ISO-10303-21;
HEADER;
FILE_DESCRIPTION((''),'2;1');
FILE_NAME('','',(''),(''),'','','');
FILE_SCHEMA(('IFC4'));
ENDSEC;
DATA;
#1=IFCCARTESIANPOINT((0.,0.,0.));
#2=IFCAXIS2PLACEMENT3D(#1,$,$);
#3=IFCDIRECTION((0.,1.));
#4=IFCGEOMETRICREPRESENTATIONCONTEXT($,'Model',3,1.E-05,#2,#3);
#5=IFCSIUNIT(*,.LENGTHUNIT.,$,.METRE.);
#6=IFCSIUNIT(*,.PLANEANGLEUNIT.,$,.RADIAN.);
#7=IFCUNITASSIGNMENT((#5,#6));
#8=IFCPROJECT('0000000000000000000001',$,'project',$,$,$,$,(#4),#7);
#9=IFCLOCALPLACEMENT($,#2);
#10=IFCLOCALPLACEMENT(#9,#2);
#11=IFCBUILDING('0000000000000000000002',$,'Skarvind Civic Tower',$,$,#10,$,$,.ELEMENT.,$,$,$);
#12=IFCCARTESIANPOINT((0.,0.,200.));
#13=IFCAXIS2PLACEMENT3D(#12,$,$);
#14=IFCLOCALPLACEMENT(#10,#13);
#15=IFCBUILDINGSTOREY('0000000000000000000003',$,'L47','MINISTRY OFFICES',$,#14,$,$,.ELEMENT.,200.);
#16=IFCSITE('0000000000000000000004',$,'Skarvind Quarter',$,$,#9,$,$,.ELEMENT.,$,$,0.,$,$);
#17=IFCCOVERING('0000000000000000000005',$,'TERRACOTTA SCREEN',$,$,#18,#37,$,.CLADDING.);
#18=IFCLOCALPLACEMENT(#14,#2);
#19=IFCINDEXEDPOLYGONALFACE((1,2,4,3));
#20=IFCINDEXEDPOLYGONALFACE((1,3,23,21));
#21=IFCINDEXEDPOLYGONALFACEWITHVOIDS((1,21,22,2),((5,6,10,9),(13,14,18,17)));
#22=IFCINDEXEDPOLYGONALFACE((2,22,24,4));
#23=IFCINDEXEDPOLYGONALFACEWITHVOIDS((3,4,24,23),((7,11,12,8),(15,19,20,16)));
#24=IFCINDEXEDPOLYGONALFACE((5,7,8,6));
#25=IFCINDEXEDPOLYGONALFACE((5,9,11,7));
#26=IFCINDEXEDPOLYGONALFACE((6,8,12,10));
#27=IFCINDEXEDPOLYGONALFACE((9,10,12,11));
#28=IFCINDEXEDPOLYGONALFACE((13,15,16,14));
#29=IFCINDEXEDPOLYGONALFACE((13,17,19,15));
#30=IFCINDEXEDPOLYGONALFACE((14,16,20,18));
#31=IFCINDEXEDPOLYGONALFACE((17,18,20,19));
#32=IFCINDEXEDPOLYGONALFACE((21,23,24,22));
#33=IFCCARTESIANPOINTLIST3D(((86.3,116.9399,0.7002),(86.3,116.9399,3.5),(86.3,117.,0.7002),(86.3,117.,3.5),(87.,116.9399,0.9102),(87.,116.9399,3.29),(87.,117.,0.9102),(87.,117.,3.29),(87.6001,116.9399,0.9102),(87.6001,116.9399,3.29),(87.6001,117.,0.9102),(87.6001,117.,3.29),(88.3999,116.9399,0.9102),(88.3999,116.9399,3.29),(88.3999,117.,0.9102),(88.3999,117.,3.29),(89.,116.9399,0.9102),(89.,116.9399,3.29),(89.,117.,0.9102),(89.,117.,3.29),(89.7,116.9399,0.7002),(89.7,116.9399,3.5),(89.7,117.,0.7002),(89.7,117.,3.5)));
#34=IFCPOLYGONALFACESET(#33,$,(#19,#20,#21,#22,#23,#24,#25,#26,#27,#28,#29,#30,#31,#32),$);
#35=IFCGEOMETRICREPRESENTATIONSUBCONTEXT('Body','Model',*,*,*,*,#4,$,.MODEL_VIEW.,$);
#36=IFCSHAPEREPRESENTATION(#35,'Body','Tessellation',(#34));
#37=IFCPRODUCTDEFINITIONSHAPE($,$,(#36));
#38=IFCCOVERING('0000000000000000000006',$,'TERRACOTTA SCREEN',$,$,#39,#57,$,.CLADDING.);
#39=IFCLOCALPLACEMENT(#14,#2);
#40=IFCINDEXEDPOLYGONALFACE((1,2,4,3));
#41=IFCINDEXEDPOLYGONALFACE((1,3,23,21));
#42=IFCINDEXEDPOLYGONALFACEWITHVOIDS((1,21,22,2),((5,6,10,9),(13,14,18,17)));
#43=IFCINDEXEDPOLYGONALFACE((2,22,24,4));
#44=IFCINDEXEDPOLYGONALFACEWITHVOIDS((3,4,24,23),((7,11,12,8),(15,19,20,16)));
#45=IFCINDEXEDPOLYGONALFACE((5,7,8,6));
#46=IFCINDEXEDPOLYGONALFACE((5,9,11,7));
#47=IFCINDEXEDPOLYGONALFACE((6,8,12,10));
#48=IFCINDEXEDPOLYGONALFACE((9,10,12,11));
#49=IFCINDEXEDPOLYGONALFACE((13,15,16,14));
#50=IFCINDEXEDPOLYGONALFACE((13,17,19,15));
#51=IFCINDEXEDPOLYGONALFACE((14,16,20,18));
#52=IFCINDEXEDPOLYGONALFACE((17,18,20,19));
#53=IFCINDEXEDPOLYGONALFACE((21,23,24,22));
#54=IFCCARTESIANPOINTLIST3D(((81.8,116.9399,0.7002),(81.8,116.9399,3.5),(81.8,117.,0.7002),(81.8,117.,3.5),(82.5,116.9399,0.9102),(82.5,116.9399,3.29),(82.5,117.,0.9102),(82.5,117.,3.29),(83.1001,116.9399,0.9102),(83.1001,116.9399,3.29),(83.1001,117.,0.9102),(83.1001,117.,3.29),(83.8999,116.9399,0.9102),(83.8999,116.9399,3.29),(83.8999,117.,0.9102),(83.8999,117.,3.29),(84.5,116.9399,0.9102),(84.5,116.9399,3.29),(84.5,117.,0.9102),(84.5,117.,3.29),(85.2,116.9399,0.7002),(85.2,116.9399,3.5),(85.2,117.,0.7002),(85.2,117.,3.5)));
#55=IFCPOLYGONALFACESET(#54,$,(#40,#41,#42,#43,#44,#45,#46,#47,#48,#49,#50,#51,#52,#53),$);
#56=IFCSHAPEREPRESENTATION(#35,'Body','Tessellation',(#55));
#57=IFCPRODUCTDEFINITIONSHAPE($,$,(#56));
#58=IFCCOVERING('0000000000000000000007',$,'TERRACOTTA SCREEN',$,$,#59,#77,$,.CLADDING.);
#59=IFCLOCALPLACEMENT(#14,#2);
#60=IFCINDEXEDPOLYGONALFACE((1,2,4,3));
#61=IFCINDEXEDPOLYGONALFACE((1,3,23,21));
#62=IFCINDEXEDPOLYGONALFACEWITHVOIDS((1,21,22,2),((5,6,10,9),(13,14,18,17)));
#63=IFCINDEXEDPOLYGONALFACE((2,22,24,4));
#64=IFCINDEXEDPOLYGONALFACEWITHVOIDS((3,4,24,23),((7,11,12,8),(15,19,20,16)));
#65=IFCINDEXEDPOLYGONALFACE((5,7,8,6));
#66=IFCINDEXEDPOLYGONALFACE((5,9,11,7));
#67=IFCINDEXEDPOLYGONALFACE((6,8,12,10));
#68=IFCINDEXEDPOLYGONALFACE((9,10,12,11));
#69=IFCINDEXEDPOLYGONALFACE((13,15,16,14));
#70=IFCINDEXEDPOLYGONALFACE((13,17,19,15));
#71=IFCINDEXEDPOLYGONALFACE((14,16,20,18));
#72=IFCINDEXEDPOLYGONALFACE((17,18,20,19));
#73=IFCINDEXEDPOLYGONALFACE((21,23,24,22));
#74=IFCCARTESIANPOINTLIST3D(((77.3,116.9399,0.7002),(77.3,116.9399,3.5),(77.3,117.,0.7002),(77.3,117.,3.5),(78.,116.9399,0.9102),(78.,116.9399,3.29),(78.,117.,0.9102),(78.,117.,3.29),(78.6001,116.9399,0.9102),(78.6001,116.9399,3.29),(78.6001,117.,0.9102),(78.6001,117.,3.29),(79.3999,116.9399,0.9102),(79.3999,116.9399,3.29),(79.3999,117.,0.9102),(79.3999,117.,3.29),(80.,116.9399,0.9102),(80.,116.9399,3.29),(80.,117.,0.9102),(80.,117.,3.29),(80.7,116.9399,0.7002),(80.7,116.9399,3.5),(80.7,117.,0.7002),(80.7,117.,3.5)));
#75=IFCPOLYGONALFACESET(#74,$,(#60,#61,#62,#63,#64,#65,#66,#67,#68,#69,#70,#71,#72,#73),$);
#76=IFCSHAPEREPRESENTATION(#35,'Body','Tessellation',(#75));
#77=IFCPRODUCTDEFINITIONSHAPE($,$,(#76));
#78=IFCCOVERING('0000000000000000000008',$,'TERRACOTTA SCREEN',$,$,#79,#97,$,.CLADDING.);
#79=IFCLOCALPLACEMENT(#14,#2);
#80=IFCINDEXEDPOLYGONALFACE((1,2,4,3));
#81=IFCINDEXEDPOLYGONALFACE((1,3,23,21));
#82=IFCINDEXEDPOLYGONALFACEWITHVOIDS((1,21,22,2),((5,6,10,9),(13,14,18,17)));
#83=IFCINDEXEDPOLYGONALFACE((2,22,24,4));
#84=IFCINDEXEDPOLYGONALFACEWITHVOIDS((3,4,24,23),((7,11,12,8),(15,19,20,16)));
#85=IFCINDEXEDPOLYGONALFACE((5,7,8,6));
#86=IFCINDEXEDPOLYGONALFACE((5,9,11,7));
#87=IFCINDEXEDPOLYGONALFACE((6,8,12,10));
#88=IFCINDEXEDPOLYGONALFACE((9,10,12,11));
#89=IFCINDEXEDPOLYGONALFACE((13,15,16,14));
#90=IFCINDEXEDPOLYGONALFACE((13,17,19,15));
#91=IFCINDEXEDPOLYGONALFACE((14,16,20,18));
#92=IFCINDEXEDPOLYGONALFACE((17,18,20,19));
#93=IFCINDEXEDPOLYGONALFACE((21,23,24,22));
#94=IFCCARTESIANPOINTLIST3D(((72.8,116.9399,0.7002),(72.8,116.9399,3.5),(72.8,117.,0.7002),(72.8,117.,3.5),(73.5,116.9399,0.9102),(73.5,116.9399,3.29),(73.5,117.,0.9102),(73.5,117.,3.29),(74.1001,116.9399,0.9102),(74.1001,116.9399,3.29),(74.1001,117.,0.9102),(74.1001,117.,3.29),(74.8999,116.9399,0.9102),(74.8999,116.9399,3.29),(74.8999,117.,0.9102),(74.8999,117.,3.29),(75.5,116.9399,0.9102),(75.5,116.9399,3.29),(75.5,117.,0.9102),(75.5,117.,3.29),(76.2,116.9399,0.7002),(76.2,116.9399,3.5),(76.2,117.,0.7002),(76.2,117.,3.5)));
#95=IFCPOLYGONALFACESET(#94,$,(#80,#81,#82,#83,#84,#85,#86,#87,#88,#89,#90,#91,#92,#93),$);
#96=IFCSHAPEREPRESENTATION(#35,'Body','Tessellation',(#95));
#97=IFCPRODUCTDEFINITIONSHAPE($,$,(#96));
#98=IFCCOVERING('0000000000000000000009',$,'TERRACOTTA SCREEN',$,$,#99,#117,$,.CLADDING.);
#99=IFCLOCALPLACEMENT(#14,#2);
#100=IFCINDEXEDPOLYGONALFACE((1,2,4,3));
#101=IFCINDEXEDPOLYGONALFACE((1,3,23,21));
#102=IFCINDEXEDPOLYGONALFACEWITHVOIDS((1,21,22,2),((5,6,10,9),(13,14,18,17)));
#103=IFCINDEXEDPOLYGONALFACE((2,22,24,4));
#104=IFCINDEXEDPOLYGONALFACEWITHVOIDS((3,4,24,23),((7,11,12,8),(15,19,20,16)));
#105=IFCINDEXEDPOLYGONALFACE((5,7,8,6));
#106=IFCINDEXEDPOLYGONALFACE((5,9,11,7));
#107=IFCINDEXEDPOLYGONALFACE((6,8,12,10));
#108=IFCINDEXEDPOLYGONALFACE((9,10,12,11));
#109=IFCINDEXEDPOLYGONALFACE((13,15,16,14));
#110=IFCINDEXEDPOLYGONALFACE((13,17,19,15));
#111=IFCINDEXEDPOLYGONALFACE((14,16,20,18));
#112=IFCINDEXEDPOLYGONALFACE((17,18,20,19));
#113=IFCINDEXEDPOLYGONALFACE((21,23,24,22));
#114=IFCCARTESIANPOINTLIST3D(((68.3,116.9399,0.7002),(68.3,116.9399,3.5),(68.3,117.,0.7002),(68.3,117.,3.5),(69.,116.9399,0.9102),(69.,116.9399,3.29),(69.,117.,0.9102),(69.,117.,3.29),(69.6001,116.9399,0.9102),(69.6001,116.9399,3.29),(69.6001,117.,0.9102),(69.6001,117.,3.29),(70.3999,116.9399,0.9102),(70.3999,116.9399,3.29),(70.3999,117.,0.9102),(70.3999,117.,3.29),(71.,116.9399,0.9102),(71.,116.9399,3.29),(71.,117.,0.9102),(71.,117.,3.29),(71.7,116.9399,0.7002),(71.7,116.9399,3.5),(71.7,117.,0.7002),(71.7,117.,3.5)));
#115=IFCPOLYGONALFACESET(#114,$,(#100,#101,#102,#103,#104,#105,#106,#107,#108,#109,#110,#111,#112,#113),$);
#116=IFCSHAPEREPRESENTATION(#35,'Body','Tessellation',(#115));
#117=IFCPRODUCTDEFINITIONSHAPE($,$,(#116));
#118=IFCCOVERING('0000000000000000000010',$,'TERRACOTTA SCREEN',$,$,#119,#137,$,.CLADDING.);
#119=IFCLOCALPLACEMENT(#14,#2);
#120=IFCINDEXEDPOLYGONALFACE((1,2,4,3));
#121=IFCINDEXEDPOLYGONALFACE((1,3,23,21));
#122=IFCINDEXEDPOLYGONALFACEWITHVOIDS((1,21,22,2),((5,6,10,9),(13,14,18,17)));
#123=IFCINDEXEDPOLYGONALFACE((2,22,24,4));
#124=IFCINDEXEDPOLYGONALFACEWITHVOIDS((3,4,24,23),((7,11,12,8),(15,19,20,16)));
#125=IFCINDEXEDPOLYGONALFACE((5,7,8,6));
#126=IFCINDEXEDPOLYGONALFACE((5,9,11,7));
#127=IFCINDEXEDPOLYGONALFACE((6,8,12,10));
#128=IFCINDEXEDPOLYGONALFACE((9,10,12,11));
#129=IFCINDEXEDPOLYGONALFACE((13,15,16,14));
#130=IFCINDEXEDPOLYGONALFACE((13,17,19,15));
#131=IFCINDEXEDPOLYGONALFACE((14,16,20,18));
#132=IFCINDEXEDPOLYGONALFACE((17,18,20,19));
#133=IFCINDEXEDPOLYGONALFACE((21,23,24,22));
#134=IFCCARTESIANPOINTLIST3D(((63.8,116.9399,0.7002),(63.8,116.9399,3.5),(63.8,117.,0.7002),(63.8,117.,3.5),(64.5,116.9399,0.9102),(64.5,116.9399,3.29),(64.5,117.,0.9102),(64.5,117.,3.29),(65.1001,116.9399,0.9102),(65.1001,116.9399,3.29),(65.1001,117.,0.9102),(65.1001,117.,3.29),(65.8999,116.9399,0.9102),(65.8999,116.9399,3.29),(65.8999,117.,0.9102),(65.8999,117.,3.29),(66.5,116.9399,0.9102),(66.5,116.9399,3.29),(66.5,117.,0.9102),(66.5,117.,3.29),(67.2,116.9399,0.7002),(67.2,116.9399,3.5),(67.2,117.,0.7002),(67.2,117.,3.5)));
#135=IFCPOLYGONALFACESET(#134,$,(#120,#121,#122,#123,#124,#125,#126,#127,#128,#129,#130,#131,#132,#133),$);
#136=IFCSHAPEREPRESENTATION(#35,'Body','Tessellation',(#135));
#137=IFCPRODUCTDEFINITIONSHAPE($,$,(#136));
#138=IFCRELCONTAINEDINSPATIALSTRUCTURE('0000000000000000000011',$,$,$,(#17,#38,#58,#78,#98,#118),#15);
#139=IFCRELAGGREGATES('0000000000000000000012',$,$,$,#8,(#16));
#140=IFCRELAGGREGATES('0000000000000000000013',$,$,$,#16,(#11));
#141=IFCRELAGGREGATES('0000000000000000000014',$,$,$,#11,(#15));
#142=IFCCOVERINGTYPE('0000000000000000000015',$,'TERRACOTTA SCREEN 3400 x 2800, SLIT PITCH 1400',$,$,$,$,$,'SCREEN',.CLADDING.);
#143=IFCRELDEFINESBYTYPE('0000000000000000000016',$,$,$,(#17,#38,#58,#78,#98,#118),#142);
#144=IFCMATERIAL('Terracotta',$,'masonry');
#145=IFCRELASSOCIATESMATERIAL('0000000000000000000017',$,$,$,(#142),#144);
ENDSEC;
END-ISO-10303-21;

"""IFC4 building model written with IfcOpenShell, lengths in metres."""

from ifc_helpers import new_model, si_unit, direction, frame, origin, place, context, subcontext, project, spatial, polyline, outline, extrude, material, material_profile, profile_set, type_object, element, save


model = new_model("IFC4")

# Units and contexts
model_context = context("Model", 3, precision=1e-05, world=origin(), true_north=direction((0.0, 1.0)))
body_context = subcontext(model_context, "Body", "Model", "MODEL_VIEW")
ifc_project = project(units=[si_unit("LENGTHUNIT", "METRE"), si_unit("PLANEANGLEUNIT", "RADIAN")], contexts=[model_context])

# Site, building, storey
site_placement = place(None, origin())
site = spatial("IfcSite", under=ifc_project, at=site_placement, Name="Skarvind Quarter", CompositionType="ELEMENT", RefElevation=0.0)
building_placement = place(site_placement, origin())
building = spatial("IfcBuilding", under=site, at=building_placement, Name="Skarvind Civic Tower", CompositionType="ELEMENT")
storey_placement = place(building_placement, frame((0.0, 0.0, 200.0)))
storey = spatial("IfcBuildingStorey", under=building, at=storey_placement, Name="L47", Description="MINISTRY OFFICES", CompositionType="ELEMENT", Elevation=200.0)

# Coverings
ifc_material_1 = material(Name="Terracotta", Category="masonry")
ifc_material_profile_1 = material_profile(ifc_material_1, outline(polyline([(-1.7, -1.3999), (1.7, -1.3999), (1.7, 1.3999), (-1.7, 1.3999), (-1.7, -1.3999)]), holes=[polyline([(-1.0, -1.1899), (-0.3999, -1.1899), (-0.3999, 1.1899), (-1.0, 1.1899), (-1.0, -1.1899)]), polyline([(0.3999, -1.1899), (1.0, -1.1899), (1.0, 1.1899), (0.3999, 1.1899), (0.3999, -1.1899)])]), Name="TERRACOTTA SCREEN 3400 x 2800, SLIT PITCH 1400")
ifc_profile_set_1 = profile_set([ifc_material_profile_1], Name="Terracotta")
covering_type = type_object("IfcCoveringType", Name="TERRACOTTA SCREEN 3400 x 2800, SLIT PITCH 1400", ElementType="SCREEN", PredefinedType="CLADDING", material=ifc_profile_set_1)
for number, where, z_axis, x_axis, name in (
    (1, (88.0, 117.0, 2.1001), (0.0, -1.0, 0.0), (1.0, 0.0, 0.0), "TERRACOTTA SCREEN"),
    (2, (83.5, 117.0, 2.1001), (0.0, -1.0, 0.0), (1.0, 0.0, 0.0), "TERRACOTTA SCREEN"),
    (3, (79.0, 117.0, 2.1001), (0.0, -1.0, 0.0), (1.0, 0.0, 0.0), "TERRACOTTA SCREEN"),
    (4, (74.5, 117.0, 2.1001), (0.0, -1.0, 0.0), (1.0, 0.0, 0.0), "TERRACOTTA SCREEN"),
    (5, (70.0, 117.0, 2.1001), (0.0, -1.0, 0.0), (1.0, 0.0, 0.0), "TERRACOTTA SCREEN"),
    (6, (65.5, 117.0, 2.1001), (0.0, -1.0, 0.0), (1.0, 0.0, 0.0), "TERRACOTTA SCREEN"),
):
    element("IfcCovering", number, at=place(storey_placement, frame(where, z_axis=z_axis, x_axis=x_axis)), inside=storey, type_object=covering_type, Name=name, PredefinedType="CLADDING", context=body_context, shape_type="SweptSolid", body=[
        extrude(outline(polyline([(-1.7, -1.3999), (1.7, -1.3999), (1.7, 1.3999), (-1.7, 1.3999), (-1.7, -1.3999)]), holes=[polyline([(-1.0, -1.1899), (-0.3999, -1.1899), (-0.3999, 1.1899), (-1.0, 1.1899), (-1.0, -1.1899)]), polyline([(0.3999, -1.1899), (1.0, -1.1899), (1.0, 1.1899), (0.3999, 1.1899), (0.3999, -1.1899)])]), origin(), (0.0, 0.0, 1.0), 0.0601),
    ])

save(model, "model.ifc")
